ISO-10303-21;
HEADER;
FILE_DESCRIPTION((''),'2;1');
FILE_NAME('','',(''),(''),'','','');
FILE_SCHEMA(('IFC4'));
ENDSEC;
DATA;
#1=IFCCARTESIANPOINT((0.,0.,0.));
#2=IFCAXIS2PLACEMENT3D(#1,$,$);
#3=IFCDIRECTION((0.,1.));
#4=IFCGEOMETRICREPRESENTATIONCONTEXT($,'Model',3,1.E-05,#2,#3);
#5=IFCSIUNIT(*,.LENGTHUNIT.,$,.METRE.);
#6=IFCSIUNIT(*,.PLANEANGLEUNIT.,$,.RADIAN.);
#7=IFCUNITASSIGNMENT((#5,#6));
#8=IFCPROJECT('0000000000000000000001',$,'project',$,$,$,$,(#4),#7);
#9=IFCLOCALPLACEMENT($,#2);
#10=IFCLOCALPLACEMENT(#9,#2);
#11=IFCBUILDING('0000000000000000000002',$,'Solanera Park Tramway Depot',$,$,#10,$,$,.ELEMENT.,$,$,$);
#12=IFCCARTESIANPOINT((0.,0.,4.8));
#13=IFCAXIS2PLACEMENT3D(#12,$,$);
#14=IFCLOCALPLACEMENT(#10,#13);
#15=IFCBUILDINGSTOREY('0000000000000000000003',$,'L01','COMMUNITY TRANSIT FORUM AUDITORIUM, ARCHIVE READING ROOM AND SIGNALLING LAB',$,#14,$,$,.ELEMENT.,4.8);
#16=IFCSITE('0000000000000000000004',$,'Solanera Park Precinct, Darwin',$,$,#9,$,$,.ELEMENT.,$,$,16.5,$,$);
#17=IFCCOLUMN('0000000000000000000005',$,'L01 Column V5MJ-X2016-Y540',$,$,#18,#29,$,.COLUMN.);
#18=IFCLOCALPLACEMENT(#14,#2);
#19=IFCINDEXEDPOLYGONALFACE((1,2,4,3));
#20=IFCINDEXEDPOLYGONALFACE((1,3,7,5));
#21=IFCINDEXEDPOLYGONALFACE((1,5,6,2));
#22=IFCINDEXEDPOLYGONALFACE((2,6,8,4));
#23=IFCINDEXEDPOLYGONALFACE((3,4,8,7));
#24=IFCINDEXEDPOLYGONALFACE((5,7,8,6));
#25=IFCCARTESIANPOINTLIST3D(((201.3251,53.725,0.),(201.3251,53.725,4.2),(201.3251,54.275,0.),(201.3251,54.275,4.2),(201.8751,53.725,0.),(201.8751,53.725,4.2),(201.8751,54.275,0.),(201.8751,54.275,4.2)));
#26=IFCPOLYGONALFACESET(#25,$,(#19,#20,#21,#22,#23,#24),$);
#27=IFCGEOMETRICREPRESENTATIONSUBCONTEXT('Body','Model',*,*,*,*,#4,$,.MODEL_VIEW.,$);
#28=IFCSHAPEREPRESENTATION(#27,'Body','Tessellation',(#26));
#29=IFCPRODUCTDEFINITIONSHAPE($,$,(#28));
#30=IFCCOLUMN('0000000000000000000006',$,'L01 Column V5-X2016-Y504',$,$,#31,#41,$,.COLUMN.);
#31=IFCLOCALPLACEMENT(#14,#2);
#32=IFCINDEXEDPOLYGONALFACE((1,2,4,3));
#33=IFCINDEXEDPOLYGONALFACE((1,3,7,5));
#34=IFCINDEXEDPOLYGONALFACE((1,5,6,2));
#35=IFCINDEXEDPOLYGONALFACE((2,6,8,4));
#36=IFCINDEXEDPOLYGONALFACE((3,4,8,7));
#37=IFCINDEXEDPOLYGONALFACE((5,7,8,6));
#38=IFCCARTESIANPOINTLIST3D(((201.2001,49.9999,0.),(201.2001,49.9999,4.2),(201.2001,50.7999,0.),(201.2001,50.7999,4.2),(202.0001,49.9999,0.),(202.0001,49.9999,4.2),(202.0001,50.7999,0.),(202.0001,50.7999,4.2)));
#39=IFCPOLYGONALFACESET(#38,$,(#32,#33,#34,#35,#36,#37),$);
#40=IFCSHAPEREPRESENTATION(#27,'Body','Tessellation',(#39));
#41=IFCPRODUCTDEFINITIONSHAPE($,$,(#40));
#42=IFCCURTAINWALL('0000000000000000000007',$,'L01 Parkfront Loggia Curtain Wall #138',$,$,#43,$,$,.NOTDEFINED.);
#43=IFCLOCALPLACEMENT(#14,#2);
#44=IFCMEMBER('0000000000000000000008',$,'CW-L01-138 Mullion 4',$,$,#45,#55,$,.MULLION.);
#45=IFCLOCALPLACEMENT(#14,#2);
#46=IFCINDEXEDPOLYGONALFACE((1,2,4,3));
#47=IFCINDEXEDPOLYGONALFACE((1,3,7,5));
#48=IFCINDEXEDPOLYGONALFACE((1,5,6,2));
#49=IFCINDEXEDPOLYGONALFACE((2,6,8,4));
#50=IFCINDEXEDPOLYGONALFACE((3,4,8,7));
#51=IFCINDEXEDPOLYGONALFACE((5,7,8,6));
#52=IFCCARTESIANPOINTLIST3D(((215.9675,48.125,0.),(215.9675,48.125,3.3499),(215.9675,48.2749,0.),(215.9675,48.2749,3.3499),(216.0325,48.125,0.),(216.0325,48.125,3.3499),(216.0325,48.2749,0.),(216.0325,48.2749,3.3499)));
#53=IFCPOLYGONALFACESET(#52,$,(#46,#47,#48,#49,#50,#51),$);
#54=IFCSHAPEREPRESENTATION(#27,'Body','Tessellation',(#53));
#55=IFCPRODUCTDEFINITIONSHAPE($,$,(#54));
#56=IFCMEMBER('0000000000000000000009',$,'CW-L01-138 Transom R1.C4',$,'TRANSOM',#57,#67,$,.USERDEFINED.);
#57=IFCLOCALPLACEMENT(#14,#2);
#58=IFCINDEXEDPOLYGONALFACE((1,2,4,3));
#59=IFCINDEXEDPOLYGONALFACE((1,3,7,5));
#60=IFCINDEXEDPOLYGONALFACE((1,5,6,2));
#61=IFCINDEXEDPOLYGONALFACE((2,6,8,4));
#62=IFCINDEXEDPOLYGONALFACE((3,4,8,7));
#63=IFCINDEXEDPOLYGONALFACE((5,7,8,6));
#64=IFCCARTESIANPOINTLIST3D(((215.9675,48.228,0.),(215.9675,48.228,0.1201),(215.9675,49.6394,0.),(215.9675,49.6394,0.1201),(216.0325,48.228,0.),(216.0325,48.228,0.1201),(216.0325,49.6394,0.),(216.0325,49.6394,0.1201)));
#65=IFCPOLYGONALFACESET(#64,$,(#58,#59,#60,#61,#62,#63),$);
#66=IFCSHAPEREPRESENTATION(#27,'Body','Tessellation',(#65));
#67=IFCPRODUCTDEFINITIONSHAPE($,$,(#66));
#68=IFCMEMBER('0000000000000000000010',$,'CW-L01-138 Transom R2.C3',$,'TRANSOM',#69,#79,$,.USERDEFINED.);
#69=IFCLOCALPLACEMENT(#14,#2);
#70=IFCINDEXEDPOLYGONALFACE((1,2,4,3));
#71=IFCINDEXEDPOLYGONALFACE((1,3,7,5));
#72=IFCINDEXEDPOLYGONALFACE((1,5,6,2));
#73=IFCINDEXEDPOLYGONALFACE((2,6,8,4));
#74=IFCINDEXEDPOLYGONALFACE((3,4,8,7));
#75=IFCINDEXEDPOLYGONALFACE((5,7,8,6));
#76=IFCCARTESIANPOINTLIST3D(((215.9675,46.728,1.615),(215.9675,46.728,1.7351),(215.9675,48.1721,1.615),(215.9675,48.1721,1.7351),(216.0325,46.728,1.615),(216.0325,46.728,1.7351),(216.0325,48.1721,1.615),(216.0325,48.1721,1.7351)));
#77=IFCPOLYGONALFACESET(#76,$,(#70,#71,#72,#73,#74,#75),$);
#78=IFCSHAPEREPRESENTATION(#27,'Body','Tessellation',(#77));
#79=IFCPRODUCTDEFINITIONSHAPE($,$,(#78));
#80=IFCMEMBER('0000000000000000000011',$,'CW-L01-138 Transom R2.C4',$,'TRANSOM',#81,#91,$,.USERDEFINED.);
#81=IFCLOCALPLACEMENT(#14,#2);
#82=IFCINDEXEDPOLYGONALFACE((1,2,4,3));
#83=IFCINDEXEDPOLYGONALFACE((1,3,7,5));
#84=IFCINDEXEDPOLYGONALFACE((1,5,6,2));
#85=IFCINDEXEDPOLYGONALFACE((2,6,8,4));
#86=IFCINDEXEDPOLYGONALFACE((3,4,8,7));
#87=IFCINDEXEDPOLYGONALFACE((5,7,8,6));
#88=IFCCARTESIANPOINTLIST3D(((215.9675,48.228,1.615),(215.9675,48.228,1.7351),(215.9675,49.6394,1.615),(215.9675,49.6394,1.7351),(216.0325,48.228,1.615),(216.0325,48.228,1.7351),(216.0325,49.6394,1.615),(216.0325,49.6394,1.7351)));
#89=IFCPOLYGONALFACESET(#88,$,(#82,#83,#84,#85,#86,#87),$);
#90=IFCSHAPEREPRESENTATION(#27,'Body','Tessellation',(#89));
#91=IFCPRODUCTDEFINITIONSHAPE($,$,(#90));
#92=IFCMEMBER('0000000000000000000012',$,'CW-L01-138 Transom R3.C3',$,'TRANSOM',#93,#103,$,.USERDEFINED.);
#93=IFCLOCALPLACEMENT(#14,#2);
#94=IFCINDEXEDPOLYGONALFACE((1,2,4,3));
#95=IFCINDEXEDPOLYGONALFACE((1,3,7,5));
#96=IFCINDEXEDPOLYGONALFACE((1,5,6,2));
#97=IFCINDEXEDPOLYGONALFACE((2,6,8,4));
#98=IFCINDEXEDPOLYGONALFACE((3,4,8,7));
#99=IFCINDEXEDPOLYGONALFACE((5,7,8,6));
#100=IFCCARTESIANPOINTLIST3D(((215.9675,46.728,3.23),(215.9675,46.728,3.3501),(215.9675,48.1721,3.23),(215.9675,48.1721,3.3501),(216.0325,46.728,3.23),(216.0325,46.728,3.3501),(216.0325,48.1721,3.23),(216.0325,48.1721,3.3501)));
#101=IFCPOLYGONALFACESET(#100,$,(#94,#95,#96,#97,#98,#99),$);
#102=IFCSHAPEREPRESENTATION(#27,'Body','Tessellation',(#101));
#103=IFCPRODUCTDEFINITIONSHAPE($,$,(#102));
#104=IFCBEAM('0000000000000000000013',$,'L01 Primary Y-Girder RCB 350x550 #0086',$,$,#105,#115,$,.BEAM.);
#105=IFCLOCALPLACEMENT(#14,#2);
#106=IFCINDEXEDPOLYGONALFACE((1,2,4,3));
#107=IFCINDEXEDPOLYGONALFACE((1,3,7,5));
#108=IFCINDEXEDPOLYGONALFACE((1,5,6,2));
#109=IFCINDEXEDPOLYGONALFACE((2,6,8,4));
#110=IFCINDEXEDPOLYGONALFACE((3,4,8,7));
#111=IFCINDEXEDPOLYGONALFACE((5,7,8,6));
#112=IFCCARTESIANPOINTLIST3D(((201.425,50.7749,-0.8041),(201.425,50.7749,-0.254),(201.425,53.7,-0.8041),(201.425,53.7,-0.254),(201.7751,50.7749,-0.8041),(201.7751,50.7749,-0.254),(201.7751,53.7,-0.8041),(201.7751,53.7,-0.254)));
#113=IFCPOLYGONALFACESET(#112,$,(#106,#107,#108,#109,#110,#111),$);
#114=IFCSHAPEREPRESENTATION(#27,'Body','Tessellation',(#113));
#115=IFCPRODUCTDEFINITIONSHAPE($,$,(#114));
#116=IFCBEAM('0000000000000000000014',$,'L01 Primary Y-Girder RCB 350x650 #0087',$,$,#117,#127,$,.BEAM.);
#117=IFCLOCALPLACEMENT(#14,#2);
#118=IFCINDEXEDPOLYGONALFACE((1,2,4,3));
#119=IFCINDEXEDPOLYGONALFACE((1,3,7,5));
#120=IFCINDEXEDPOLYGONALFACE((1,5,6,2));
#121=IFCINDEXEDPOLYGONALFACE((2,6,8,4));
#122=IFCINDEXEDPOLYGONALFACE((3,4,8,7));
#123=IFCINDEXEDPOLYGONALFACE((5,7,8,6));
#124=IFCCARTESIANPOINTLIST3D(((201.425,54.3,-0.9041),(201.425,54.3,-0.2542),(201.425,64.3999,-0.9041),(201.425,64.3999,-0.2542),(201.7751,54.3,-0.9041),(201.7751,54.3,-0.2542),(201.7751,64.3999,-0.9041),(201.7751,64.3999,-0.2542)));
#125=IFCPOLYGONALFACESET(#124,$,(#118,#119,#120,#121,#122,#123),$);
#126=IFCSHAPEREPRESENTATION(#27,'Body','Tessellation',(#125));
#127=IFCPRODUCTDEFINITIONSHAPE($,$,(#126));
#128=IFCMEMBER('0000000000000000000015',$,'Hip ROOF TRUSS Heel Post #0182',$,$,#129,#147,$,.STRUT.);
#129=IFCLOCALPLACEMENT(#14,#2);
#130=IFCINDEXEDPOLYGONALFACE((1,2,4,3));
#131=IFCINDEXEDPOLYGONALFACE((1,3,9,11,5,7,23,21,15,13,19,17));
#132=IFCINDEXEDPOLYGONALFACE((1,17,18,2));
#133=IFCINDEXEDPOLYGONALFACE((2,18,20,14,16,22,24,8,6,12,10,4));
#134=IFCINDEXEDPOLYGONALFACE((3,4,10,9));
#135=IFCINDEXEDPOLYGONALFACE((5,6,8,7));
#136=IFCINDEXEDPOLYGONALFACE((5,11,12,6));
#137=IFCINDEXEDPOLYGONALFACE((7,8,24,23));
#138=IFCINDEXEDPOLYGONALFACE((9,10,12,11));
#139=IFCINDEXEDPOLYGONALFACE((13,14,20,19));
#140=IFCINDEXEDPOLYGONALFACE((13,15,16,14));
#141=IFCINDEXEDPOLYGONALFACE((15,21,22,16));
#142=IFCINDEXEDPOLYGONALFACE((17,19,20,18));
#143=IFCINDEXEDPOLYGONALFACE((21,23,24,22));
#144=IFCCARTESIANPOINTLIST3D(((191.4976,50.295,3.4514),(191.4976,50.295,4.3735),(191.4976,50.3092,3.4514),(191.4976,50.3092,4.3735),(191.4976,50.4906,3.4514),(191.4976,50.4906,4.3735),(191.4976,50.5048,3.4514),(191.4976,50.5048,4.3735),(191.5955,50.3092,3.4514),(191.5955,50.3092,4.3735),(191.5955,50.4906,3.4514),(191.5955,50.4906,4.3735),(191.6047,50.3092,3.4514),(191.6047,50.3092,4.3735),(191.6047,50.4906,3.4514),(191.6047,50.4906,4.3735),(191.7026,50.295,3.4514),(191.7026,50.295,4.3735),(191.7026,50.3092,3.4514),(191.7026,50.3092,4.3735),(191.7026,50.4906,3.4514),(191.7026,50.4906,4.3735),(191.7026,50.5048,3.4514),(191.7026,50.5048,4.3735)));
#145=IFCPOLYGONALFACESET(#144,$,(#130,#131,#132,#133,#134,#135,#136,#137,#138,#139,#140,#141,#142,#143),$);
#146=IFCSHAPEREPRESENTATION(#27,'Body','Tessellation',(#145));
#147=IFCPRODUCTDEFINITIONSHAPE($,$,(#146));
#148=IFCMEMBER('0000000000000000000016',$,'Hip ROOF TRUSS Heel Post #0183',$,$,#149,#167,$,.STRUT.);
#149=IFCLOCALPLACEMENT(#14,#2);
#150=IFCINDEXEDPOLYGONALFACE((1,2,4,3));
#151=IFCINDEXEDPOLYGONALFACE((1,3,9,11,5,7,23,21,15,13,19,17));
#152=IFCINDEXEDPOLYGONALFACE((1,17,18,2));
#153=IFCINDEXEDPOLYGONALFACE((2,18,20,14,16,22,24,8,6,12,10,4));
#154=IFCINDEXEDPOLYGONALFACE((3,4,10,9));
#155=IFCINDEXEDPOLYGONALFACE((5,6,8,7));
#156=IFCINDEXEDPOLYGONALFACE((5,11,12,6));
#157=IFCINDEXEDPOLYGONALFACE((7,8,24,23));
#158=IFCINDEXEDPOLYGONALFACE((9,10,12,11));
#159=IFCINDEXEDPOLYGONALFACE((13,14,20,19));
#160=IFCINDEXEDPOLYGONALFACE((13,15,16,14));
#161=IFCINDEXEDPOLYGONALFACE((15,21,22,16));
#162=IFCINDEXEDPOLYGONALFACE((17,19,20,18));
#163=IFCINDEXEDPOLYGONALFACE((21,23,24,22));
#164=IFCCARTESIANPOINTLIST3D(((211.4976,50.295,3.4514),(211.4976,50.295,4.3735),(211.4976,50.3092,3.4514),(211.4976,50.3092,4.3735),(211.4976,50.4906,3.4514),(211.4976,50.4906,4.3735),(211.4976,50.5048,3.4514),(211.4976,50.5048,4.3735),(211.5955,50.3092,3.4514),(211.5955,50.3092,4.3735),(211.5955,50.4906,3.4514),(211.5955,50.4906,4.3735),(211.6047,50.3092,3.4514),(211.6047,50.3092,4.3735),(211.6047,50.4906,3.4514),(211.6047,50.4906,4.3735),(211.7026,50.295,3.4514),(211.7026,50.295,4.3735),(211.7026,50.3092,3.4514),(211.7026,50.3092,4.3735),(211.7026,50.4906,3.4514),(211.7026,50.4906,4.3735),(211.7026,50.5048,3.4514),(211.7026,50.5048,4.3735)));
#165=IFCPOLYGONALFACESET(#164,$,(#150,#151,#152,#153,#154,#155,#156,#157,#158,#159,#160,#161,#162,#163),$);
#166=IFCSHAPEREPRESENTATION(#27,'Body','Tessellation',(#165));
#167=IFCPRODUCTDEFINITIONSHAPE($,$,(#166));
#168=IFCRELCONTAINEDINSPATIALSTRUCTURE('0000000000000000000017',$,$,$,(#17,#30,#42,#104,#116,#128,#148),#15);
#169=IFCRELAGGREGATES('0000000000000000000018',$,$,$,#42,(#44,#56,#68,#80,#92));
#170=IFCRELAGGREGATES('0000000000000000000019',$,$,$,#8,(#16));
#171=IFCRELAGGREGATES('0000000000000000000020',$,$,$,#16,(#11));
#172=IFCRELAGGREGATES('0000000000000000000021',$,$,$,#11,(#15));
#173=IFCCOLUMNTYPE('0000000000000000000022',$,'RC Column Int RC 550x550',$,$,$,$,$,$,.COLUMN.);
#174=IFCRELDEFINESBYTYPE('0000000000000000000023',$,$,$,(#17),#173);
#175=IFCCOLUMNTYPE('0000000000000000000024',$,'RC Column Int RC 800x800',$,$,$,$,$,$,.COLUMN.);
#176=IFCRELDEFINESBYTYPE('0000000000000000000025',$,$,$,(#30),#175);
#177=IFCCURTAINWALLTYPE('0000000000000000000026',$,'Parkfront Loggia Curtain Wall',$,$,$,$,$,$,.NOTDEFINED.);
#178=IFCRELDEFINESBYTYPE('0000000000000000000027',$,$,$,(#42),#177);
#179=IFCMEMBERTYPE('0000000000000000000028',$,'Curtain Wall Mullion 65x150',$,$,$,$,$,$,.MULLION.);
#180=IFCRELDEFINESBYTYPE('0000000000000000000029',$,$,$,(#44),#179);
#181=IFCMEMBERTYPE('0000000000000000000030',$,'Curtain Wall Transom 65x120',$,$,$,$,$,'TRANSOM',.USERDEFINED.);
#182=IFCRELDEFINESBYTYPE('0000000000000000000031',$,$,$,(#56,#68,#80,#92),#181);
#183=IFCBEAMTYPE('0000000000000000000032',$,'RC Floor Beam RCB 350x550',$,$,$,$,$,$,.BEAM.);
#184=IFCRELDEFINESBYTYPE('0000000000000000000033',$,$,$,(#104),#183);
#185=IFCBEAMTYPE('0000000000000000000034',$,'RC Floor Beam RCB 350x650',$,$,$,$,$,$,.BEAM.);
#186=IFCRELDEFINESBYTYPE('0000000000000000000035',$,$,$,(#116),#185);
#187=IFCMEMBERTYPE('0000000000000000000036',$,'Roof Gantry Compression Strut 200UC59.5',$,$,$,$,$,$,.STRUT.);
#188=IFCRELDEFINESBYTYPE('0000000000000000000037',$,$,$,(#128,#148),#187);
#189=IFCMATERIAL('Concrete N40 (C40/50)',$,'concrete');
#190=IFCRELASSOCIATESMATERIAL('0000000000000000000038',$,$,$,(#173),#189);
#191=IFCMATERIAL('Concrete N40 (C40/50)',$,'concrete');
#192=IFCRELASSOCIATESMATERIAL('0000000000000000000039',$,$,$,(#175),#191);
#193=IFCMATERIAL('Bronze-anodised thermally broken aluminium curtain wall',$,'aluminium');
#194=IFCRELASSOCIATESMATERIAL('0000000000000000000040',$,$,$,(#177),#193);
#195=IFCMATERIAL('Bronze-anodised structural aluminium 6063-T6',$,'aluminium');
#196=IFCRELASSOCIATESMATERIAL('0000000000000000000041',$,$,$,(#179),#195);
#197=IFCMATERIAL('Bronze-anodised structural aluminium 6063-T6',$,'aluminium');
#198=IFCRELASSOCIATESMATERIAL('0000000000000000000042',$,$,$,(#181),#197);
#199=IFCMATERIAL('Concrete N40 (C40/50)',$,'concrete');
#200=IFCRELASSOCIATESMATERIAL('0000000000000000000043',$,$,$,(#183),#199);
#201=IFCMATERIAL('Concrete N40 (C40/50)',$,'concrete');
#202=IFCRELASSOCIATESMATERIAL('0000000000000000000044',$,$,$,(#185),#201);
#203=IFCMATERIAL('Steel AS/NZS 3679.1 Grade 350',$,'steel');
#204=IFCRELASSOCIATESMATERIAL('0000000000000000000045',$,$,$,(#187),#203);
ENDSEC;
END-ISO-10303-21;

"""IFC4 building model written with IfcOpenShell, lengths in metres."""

from ifc_helpers import new_model, si_unit, direction, frame, origin, origin_2d, place, context, subcontext, project, spatial, rectangle, i_section, extrude, material, material_profile, profile_set, type_object, element, aggregate, save


model = new_model("IFC4")

# Units and contexts
model_context = context("Model", 3, precision=1e-05, world=origin(), true_north=direction((0.0, 1.0)))
body_context = subcontext(model_context, "Body", "Model", "MODEL_VIEW")
ifc_project = project(units=[si_unit("LENGTHUNIT", "METRE"), si_unit("PLANEANGLEUNIT", "RADIAN")], contexts=[model_context])

# Site, building, storey
site_placement = place(None, origin())
site = spatial("IfcSite", under=ifc_project, at=site_placement, Name="Solanera Park Precinct, Darwin", CompositionType="ELEMENT", RefElevation=16.5)
building_placement = place(site_placement, origin())
building = spatial("IfcBuilding", under=site, at=building_placement, Name="Solanera Park Tramway Depot", CompositionType="ELEMENT")
storey_placement = place(building_placement, frame((0.0, 0.0, 4.8)))
storey = spatial("IfcBuildingStorey", under=building, at=storey_placement, Name="L01", Description="COMMUNITY TRANSIT FORUM AUDITORIUM, ARCHIVE READING ROOM AND SIGNALLING LAB", CompositionType="ELEMENT", Elevation=4.8)

# Columns
ifc_material_1 = material(Name="Concrete N40 (C40/50)", Category="concrete")
ifc_material_profile_1 = material_profile(ifc_material_1, rectangle(XDim=0.55, YDim=0.55, at=origin_2d()), Name="RC 550x550")
ifc_profile_set_1 = profile_set([ifc_material_profile_1], Name="Concrete N40 (C40/50)")
column_type_1 = type_object("IfcColumnType", Name="RC Column Int RC 550x550", PredefinedType="COLUMN", material=ifc_profile_set_1)
column_1_placement = place(storey_placement, frame((201.6001, 54.0, 0.0), z_axis=(0.0, 0.0, 1.0), x_axis=(1.0, 0.0, 0.0)))
element("IfcColumn", 1, at=column_1_placement, inside=storey, type_object=column_type_1, Name="L01 Column V5MJ-X2016-Y540", PredefinedType="COLUMN", context=body_context, shape_type="SweptSolid", body=[
    extrude(rectangle(XDim=0.55, YDim=0.55, at=origin_2d()), origin(), (0.0, 0.0, 1.0), 4.2),
])
ifc_material_2 = material(Name="Concrete N40 (C40/50)", Category="concrete")
ifc_material_profile_2 = material_profile(ifc_material_2, rectangle(XDim=0.8, YDim=0.8, at=origin_2d()), Name="RC 800x800")
ifc_profile_set_2 = profile_set([ifc_material_profile_2], Name="Concrete N40 (C40/50)")
column_type_2 = type_object("IfcColumnType", Name="RC Column Int RC 800x800", PredefinedType="COLUMN", material=ifc_profile_set_2)
column_2_placement = place(storey_placement, frame((201.6001, 50.3999, 0.0), z_axis=(0.0, 0.0, 1.0), x_axis=(1.0, 0.0, 0.0)))
element("IfcColumn", 2, at=column_2_placement, inside=storey, type_object=column_type_2, Name="L01 Column V5-X2016-Y504", PredefinedType="COLUMN", context=body_context, shape_type="SweptSolid", body=[
    extrude(rectangle(XDim=0.8, YDim=0.8, at=origin_2d()), origin(), (0.0, 0.0, 1.0), 4.2),
])

# Curtain wall, members
ifc_material_3 = material(Name="Bronze-anodised thermally broken aluminium curtain wall", Category="aluminium")
curtain_wall_type = type_object("IfcCurtainWallType", Name="Parkfront Loggia Curtain Wall", PredefinedType="NOTDEFINED", material=ifc_material_3)
curtain_wall_placement = place(storey_placement, origin())
curtain_wall = element("IfcCurtainWall", 3, at=curtain_wall_placement, inside=storey, type_object=curtain_wall_type, Name="L01 Parkfront Loggia Curtain Wall #138", PredefinedType="NOTDEFINED")
ifc_material_4 = material(Name="Bronze-anodised structural aluminium 6063-T6", Category="aluminium")
ifc_material_profile_3 = material_profile(ifc_material_4, rectangle(XDim=0.0649, YDim=0.1499, at=origin_2d()), Name="Curtain Wall Mullion 65x150")
ifc_profile_set_3 = profile_set([ifc_material_profile_3], Name="Bronze-anodised structural aluminium 6063-T6")
member_type_1 = type_object("IfcMemberType", Name="Curtain Wall Mullion 65x150", PredefinedType="MULLION", material=ifc_profile_set_3)
member_1_placement = place(storey_placement, frame((216.0, 48.2, 0.0), z_axis=(0.0, 0.0, 1.0), x_axis=(1.0, 0.0, 0.0)))
member_1 = element("IfcMember", 4, at=member_1_placement, type_object=member_type_1, Name="CW-L01-138 Mullion 4", PredefinedType="MULLION", context=body_context, shape_type="SweptSolid", body=[
    extrude(rectangle(XDim=0.0649, YDim=0.1499, at=origin_2d()), origin(), (0.0, 0.0, 1.0), 3.3499),
])
ifc_material_5 = material(Name="Bronze-anodised structural aluminium 6063-T6", Category="aluminium")
ifc_material_profile_4 = material_profile(ifc_material_5, rectangle(XDim=0.0649, YDim=0.1201, at=origin_2d()), Name="Curtain Wall Transom 65x120")
ifc_profile_set_4 = profile_set([ifc_material_profile_4], Name="Bronze-anodised structural aluminium 6063-T6")
member_type_2 = type_object("IfcMemberType", Name="Curtain Wall Transom 65x120", ElementType="TRANSOM", PredefinedType="USERDEFINED", material=ifc_profile_set_4)
member_2_placement = place(storey_placement, frame((216.0, 48.228, 0.0601), z_axis=(0.0, 1.0, 0.0), x_axis=(-1.0, 0.0, 0.0)))
member_2 = element("IfcMember", 5, at=member_2_placement, type_object=member_type_2, Name="CW-L01-138 Transom R1.C4", ObjectType="TRANSOM", PredefinedType="USERDEFINED", context=body_context, shape_type="SweptSolid", body=[
    extrude(rectangle(XDim=0.0649, YDim=0.1201, at=origin_2d()), origin(), (0.0, 0.0, 1.0), 1.4114),
])
member_3_placement = place(storey_placement, frame((216.0, 46.728, 1.675), z_axis=(0.0, 1.0, 0.0), x_axis=(-1.0, 0.0, 0.0)))
member_3 = element("IfcMember", 6, at=member_3_placement, type_object=member_type_2, Name="CW-L01-138 Transom R2.C3", ObjectType="TRANSOM", PredefinedType="USERDEFINED", context=body_context, shape_type="SweptSolid", body=[
    extrude(rectangle(XDim=0.0649, YDim=0.1201, at=origin_2d()), origin(), (0.0, 0.0, 1.0), 1.4441),
])
member_4_placement = place(storey_placement, frame((216.0, 48.228, 1.675), z_axis=(0.0, 1.0, 0.0), x_axis=(-1.0, 0.0, 0.0)))
member_4 = element("IfcMember", 7, at=member_4_placement, type_object=member_type_2, Name="CW-L01-138 Transom R2.C4", ObjectType="TRANSOM", PredefinedType="USERDEFINED", context=body_context, shape_type="SweptSolid", body=[
    extrude(rectangle(XDim=0.0649, YDim=0.1201, at=origin_2d()), origin(), (0.0, 0.0, 1.0), 1.4114),
])
member_5_placement = place(storey_placement, frame((216.0, 46.728, 3.29), z_axis=(0.0, 1.0, 0.0), x_axis=(-1.0, 0.0, 0.0)))
member_5 = element("IfcMember", 8, at=member_5_placement, type_object=member_type_2, Name="CW-L01-138 Transom R3.C3", ObjectType="TRANSOM", PredefinedType="USERDEFINED", context=body_context, shape_type="SweptSolid", body=[
    extrude(rectangle(XDim=0.0649, YDim=0.1201, at=origin_2d()), origin(), (0.0, 0.0, 1.0), 1.4441),
])

# Beams
ifc_material_6 = material(Name="Concrete N40 (C40/50)", Category="concrete")
ifc_material_profile_5 = material_profile(ifc_material_6, rectangle(XDim=0.3501, YDim=0.55, at=origin_2d()), Name="RCB 350x550")
ifc_profile_set_5 = profile_set([ifc_material_profile_5], Name="Concrete N40 (C40/50)")
beam_type_1 = type_object("IfcBeamType", Name="RC Floor Beam RCB 350x550", PredefinedType="BEAM", material=ifc_profile_set_5)
beam_1_placement = place(storey_placement, frame((201.6001, 50.7749, -0.5291), z_axis=(0.0, 1.0, 0.0), x_axis=(-1.0, 0.0, 0.0)))
element("IfcBeam", 9, at=beam_1_placement, inside=storey, type_object=beam_type_1, Name="L01 Primary Y-Girder RCB 350x550 #0086", PredefinedType="BEAM", context=body_context, shape_type="SweptSolid", body=[
    extrude(rectangle(XDim=0.3501, YDim=0.55, at=origin_2d()), origin(), (0.0, 0.0, 1.0), 2.925),
])
ifc_material_7 = material(Name="Concrete N40 (C40/50)", Category="concrete")
ifc_material_profile_6 = material_profile(ifc_material_7, rectangle(XDim=0.3501, YDim=0.6499, at=origin_2d()), Name="RCB 350x650")
ifc_profile_set_6 = profile_set([ifc_material_profile_6], Name="Concrete N40 (C40/50)")
beam_type_2 = type_object("IfcBeamType", Name="RC Floor Beam RCB 350x650", PredefinedType="BEAM", material=ifc_profile_set_6)
beam_2_placement = place(storey_placement, frame((201.6001, 54.3, -0.5791), z_axis=(0.0, 1.0, 0.0), x_axis=(-1.0, 0.0, 0.0)))
element("IfcBeam", 10, at=beam_2_placement, inside=storey, type_object=beam_type_2, Name="L01 Primary Y-Girder RCB 350x650 #0087", PredefinedType="BEAM", context=body_context, shape_type="SweptSolid", body=[
    extrude(rectangle(XDim=0.3501, YDim=0.6499, at=origin_2d()), origin(), (0.0, 0.0, 1.0), 10.0999),
])

# Members
ifc_material_8 = material(Name="Steel AS/NZS 3679.1 Grade 350", Category="steel")
ifc_material_profile_7 = material_profile(ifc_material_8, i_section(OverallWidth=0.2051, OverallDepth=0.2097, WebThickness=0.0093, FlangeThickness=0.0142, at=origin_2d()), Name="200UC59.5")
ifc_profile_set_7 = profile_set([ifc_material_profile_7], Name="Steel AS/NZS 3679.1 Grade 350")
member_type_3 = type_object("IfcMemberType", Name="Roof Gantry Compression Strut 200UC59.5", PredefinedType="STRUT", material=ifc_profile_set_7)
for number, where, z_axis, x_axis, name in (
    (11, (191.6001, 50.3999, 3.4514), (0.0, 0.0, 1.0), (1.0, 0.0, 0.0), "Hip ROOF TRUSS Heel Post #0182"),
    (12, (211.6001, 50.3999, 3.4514), (0.0, 0.0, 1.0), (1.0, 0.0, 0.0), "Hip ROOF TRUSS Heel Post #0183"),
):
    element("IfcMember", number, at=place(storey_placement, frame(where, z_axis=z_axis, x_axis=x_axis)), inside=storey, type_object=member_type_3, Name=name, PredefinedType="STRUT", context=body_context, shape_type="SweptSolid", body=[
        extrude(i_section(OverallWidth=0.2051, OverallDepth=0.2097, WebThickness=0.0093, FlangeThickness=0.0142, at=origin_2d()), origin(), (0.0, 0.0, 1.0), 0.9221),
    ])

aggregate(curtain_wall, [member_1, member_2, member_3, member_4, member_5])

save(model, "model.ifc")
